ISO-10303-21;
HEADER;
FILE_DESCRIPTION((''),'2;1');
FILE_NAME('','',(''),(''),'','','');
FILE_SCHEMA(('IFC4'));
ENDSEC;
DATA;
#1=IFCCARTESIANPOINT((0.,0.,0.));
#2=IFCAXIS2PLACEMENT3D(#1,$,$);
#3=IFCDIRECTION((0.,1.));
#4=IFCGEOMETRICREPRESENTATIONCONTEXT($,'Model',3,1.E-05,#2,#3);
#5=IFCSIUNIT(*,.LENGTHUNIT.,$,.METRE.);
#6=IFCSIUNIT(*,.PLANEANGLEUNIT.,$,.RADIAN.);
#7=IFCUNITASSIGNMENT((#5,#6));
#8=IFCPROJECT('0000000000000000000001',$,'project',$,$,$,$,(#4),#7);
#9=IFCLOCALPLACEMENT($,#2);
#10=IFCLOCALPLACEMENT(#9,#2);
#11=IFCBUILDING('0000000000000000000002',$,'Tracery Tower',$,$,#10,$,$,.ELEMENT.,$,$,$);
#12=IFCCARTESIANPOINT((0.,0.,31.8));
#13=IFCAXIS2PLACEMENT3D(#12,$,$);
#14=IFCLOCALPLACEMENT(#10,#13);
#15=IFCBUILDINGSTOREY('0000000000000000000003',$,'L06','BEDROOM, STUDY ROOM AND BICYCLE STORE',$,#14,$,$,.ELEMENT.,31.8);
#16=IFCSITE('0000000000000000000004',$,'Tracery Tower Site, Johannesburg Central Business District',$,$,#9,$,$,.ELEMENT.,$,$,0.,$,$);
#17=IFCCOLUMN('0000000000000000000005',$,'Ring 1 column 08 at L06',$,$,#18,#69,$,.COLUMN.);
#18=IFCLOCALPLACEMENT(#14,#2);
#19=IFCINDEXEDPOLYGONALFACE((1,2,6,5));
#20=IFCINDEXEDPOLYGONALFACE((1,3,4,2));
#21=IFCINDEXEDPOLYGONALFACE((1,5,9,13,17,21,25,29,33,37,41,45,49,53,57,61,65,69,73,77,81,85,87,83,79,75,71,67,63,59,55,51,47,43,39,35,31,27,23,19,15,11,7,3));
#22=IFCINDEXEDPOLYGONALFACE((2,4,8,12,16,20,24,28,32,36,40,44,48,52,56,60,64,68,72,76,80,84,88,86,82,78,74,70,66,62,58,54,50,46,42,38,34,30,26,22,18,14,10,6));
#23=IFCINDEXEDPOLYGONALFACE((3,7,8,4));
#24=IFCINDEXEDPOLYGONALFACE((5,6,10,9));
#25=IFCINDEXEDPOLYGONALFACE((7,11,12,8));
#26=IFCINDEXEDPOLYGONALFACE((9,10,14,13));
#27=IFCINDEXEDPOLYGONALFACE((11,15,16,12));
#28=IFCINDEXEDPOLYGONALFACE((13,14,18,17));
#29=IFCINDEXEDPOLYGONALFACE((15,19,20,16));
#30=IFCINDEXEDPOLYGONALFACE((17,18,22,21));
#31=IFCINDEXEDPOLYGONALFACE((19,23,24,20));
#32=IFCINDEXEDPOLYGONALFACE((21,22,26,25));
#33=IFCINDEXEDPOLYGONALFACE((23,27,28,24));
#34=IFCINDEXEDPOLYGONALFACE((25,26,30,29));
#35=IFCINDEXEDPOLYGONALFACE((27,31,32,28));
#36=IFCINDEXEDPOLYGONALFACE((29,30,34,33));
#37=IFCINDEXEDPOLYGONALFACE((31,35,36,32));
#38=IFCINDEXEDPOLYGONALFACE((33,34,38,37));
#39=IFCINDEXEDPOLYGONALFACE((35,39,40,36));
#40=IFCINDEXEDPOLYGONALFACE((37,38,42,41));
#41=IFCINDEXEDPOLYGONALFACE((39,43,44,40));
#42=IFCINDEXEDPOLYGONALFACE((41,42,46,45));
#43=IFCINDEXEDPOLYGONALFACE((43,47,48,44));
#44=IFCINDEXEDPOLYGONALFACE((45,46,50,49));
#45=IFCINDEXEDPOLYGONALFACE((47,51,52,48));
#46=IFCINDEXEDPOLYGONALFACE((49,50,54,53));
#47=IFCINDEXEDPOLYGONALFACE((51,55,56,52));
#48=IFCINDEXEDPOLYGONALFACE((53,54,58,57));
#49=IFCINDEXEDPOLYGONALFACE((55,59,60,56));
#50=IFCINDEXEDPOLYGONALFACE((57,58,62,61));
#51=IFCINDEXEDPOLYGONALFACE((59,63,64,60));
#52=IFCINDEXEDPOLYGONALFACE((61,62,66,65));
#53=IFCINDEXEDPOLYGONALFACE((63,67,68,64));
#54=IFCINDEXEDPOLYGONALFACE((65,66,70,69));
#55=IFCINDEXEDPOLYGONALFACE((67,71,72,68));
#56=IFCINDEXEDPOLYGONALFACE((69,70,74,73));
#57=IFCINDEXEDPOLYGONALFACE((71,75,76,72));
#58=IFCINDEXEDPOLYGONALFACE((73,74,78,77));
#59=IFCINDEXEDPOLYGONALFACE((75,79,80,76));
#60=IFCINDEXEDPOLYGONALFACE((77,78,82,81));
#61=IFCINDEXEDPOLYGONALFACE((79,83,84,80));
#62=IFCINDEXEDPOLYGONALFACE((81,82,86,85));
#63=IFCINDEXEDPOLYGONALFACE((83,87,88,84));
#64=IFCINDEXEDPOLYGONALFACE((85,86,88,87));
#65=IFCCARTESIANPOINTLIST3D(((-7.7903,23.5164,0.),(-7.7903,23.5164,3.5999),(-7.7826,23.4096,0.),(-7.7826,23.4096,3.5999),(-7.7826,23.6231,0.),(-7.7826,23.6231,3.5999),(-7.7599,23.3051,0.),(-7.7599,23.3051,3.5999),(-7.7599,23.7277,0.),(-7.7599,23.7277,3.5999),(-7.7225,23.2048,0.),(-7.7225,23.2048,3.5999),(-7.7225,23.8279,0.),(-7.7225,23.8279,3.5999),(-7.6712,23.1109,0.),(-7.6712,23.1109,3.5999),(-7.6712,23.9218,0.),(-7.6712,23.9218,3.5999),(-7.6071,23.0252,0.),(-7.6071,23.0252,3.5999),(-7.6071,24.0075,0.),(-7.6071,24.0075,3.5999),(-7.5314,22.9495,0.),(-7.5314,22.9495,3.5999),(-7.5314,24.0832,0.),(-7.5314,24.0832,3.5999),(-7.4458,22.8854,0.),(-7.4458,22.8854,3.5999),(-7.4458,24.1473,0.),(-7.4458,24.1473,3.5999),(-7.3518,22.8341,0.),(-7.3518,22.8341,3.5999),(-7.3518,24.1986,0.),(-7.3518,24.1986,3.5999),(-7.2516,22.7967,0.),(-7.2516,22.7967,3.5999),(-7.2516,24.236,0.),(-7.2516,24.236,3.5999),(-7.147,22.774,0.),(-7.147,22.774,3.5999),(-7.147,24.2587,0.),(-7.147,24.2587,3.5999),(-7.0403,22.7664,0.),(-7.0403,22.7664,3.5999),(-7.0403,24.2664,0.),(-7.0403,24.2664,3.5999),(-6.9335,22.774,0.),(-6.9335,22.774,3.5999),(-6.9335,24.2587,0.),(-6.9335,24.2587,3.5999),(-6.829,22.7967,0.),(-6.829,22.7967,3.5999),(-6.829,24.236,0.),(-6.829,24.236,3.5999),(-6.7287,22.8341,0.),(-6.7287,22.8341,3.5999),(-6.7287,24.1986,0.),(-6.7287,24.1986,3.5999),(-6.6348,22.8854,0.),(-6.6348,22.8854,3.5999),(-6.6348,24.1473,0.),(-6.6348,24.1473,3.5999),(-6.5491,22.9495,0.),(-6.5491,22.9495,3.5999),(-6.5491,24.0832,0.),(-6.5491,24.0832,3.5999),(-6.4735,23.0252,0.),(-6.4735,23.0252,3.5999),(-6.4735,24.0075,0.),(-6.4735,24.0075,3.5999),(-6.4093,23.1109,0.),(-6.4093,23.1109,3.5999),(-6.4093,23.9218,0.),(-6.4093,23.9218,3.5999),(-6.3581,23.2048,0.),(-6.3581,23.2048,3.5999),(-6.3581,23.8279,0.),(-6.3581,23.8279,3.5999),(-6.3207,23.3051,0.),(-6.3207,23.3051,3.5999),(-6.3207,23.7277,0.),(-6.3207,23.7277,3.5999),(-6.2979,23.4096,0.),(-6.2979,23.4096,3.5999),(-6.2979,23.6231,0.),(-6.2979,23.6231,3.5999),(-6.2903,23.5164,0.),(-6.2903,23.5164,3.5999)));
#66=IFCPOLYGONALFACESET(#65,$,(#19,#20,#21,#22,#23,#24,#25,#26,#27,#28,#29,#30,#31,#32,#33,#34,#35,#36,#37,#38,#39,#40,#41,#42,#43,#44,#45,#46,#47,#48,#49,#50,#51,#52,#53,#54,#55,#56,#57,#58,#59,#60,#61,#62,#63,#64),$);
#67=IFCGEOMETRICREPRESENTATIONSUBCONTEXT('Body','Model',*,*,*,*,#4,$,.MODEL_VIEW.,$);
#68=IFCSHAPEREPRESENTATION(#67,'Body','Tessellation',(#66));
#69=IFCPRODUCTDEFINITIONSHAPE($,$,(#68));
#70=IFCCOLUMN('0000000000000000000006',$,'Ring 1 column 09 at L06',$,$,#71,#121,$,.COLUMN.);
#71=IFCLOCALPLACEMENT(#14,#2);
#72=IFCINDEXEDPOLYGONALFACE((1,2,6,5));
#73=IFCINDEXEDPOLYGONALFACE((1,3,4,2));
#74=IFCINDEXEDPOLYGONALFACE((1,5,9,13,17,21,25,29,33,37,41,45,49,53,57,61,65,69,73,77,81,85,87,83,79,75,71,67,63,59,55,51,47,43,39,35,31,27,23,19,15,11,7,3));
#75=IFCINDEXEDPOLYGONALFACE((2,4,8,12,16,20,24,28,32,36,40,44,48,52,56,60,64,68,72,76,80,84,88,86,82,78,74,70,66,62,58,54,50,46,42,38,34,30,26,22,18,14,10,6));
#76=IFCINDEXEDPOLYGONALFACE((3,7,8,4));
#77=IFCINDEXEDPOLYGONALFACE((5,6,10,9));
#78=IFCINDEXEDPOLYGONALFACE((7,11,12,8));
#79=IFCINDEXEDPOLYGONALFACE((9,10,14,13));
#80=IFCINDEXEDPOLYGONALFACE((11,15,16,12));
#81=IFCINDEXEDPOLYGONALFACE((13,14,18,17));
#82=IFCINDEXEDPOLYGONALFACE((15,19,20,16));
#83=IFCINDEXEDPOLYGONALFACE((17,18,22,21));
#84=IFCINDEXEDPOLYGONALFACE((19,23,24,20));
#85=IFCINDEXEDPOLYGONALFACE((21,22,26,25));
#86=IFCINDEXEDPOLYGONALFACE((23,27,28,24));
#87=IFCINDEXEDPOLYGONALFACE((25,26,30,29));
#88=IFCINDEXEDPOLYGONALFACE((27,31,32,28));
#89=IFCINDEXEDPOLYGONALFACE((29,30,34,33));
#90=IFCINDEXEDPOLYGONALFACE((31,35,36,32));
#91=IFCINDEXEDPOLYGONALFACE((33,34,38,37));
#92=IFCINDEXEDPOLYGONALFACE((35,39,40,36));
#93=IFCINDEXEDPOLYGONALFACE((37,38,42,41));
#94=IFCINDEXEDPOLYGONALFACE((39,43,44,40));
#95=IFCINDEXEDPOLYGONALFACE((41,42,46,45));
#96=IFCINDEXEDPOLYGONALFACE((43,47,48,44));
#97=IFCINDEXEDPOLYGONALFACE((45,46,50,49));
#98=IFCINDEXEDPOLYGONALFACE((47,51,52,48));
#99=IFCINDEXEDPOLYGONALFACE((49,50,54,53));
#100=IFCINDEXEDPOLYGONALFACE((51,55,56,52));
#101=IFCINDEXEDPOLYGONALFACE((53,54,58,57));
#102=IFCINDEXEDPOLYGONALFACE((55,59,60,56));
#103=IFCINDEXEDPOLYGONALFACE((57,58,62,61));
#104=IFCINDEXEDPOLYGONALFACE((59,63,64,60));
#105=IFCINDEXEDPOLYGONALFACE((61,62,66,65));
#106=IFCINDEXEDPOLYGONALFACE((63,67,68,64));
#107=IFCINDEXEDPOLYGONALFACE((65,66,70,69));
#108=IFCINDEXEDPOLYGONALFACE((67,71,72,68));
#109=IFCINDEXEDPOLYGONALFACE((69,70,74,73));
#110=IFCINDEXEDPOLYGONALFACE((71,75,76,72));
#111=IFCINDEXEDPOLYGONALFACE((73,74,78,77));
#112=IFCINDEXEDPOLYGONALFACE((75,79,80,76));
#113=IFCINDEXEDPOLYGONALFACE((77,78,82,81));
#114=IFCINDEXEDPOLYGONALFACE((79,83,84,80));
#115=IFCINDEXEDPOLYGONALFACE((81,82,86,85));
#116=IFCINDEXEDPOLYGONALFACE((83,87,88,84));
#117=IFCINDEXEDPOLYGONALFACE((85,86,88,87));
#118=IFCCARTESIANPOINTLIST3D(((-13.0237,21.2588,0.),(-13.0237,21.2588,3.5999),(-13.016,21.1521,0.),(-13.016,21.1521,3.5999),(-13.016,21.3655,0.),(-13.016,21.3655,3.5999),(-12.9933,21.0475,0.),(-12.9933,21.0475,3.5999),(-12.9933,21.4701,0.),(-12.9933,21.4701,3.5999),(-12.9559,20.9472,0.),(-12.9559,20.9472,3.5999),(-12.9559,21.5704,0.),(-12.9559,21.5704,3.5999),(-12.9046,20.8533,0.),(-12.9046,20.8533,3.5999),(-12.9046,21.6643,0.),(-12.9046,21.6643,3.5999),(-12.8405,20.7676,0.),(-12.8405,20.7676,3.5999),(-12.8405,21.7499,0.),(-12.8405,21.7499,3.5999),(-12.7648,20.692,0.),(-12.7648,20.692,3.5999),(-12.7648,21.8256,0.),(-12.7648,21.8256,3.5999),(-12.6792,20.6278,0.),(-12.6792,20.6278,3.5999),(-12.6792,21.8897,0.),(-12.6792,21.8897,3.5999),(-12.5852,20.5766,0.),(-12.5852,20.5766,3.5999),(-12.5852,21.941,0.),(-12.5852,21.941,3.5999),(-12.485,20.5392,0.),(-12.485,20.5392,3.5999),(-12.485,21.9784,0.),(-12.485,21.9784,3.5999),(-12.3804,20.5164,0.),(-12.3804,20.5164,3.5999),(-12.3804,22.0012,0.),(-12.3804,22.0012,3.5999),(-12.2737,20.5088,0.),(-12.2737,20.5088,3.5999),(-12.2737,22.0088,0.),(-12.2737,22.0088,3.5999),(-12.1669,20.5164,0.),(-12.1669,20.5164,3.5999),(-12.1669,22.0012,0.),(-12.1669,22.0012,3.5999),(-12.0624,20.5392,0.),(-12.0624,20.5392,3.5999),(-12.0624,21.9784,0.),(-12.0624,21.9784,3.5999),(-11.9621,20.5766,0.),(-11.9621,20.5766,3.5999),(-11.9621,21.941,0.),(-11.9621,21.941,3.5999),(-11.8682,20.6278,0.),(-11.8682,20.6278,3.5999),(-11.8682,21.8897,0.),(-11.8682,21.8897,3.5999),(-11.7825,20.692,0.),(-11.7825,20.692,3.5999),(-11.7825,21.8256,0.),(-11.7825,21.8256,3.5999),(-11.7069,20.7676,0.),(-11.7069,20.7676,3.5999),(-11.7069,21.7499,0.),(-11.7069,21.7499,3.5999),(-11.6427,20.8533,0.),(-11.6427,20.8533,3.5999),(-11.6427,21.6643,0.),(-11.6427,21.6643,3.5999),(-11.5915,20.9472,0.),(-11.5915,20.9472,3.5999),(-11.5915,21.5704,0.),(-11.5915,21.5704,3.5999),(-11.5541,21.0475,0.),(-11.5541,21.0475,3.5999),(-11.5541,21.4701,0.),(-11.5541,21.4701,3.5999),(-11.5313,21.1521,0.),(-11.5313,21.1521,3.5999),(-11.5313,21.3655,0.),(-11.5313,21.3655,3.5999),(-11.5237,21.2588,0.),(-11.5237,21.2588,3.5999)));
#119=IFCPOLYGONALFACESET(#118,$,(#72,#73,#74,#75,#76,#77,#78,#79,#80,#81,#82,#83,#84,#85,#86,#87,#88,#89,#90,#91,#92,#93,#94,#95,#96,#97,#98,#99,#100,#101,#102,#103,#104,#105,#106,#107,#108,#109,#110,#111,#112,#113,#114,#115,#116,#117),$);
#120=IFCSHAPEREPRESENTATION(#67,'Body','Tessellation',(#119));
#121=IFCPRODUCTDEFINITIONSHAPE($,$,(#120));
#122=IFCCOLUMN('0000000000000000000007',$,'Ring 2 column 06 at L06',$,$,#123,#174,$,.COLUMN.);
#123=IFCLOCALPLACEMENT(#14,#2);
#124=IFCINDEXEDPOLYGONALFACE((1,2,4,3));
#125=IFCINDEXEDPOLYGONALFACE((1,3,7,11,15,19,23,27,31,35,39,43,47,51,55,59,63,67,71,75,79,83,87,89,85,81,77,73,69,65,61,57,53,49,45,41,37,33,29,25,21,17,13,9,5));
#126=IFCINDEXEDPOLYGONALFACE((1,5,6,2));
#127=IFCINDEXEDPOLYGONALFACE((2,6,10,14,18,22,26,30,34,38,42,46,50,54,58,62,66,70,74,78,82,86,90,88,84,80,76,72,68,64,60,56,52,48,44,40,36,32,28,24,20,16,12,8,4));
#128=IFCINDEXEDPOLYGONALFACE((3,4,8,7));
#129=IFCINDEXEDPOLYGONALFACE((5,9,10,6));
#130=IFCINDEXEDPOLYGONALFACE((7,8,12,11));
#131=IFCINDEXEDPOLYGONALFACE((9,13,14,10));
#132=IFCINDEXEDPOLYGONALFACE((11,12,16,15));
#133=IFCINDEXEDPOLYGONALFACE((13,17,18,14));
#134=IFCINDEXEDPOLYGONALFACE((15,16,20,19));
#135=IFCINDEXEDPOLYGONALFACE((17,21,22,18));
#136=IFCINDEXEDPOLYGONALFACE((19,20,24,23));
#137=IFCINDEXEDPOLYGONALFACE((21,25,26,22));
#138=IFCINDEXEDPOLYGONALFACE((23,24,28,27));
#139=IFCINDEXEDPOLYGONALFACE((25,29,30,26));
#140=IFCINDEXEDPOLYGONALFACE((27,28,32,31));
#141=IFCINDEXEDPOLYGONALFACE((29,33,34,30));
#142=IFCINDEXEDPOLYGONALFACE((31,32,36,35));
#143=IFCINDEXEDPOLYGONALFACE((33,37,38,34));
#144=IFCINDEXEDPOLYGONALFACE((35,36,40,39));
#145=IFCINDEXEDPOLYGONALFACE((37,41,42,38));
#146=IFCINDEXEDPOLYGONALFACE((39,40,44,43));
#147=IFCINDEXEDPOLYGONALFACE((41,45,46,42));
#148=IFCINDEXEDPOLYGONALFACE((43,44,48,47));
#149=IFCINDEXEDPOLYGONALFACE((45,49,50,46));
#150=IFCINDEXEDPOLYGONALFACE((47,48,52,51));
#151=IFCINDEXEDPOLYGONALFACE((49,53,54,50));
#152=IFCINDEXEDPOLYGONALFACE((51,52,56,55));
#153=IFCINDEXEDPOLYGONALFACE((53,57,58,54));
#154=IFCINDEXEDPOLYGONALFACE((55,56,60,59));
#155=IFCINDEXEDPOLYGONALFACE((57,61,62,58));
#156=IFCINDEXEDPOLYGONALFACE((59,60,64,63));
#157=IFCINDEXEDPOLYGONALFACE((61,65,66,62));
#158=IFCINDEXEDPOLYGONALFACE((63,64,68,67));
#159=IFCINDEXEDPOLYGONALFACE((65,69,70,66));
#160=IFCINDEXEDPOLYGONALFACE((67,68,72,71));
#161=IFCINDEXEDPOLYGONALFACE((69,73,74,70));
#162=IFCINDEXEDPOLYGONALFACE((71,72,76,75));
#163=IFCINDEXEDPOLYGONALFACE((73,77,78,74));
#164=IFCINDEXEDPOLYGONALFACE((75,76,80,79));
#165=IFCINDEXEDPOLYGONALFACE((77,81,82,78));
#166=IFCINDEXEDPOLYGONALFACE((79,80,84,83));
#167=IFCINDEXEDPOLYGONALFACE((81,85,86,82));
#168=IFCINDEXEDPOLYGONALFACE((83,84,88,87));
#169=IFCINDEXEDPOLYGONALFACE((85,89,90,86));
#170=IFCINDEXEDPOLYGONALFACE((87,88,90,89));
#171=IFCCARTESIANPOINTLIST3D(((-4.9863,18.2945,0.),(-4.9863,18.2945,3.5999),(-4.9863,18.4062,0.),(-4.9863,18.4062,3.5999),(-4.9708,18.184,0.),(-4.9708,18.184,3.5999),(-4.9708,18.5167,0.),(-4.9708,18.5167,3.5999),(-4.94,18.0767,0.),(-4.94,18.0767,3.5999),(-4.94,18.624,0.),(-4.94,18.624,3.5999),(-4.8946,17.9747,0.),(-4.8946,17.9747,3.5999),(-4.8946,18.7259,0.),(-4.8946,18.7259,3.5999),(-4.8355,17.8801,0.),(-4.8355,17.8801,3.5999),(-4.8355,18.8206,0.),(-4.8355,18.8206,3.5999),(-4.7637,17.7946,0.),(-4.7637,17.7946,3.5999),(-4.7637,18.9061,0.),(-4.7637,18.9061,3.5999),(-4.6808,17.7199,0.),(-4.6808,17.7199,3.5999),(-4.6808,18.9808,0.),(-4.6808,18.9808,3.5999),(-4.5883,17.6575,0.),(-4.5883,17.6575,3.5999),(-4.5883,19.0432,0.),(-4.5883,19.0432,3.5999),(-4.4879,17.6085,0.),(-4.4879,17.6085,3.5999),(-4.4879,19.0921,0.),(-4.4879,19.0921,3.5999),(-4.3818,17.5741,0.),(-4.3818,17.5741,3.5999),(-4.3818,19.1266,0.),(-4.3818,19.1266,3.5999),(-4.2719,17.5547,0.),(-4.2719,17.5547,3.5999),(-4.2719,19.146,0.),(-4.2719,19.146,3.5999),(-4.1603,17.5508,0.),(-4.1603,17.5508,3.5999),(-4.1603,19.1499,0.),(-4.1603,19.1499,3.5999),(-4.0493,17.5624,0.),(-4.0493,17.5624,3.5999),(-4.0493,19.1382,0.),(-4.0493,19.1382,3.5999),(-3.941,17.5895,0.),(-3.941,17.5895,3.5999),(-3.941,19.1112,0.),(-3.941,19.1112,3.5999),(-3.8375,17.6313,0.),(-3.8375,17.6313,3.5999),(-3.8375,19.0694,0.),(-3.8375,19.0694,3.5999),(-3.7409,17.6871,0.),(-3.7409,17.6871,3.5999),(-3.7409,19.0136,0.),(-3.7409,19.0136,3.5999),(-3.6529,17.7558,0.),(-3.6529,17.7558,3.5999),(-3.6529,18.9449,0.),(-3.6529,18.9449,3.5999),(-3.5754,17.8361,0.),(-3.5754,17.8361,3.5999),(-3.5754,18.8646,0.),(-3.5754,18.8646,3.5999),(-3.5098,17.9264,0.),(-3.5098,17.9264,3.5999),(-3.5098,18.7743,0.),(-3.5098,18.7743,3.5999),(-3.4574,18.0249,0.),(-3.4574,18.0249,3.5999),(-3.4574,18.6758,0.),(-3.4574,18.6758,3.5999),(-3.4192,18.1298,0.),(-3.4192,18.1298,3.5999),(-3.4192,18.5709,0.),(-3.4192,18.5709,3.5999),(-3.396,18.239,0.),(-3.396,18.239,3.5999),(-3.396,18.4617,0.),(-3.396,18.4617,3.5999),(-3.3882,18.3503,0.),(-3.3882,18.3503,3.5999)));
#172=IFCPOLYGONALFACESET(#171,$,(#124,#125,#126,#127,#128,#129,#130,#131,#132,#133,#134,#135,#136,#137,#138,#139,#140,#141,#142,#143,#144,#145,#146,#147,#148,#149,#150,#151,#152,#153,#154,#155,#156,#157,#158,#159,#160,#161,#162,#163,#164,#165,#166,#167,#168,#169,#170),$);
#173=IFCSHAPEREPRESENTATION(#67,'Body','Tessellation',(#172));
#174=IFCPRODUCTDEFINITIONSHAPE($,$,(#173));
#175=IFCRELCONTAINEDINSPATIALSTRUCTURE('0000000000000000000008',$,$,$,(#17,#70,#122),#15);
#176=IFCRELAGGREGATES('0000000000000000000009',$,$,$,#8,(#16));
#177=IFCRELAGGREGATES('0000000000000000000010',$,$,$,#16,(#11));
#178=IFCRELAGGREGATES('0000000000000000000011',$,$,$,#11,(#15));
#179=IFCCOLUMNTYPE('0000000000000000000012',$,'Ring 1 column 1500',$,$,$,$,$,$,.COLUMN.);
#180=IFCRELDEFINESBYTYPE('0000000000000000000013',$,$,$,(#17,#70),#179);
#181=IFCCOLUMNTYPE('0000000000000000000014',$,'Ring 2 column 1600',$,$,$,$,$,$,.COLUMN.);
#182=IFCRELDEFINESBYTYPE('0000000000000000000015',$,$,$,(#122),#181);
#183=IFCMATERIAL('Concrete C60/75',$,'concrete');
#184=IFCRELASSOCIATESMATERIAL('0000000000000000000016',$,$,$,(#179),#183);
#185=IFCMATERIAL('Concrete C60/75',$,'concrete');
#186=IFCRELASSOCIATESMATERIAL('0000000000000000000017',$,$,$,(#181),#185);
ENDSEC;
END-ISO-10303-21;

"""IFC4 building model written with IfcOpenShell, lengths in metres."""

from ifc_helpers import new_model, si_unit, direction, frame, origin, origin_2d, place, context, subcontext, project, spatial, circle, extrude, material, material_profile, profile_set, type_object, element, save


model = new_model("IFC4")

# Units and contexts
model_context = context("Model", 3, precision=1e-05, world=origin(), true_north=direction((0.0, 1.0)))
body_context = subcontext(model_context, "Body", "Model", "MODEL_VIEW")
ifc_project = project(units=[si_unit("LENGTHUNIT", "METRE"), si_unit("PLANEANGLEUNIT", "RADIAN")], contexts=[model_context])

# Site, building, storey
site_placement = place(None, origin())
site = spatial("IfcSite", under=ifc_project, at=site_placement, Name="Tracery Tower Site, Johannesburg Central Business District", CompositionType="ELEMENT", RefElevation=0.0)
building_placement = place(site_placement, origin())
building = spatial("IfcBuilding", under=site, at=building_placement, Name="Tracery Tower", CompositionType="ELEMENT")
storey_placement = place(building_placement, frame((0.0, 0.0, 31.8)))
storey = spatial("IfcBuildingStorey", under=building, at=storey_placement, Name="L06", Description="BEDROOM, STUDY ROOM AND BICYCLE STORE", CompositionType="ELEMENT", Elevation=31.8)

# Columns
ifc_material_1 = material(Name="Concrete C60/75", Category="concrete")
ifc_material_profile_1 = material_profile(ifc_material_1, circle(Radius=0.75, at=origin_2d()), Name="RC D1500")
ifc_profile_set_1 = profile_set([ifc_material_profile_1], Name="Concrete C60/75")
column_type_1 = type_object("IfcColumnType", Name="Ring 1 column 1500", PredefinedType="COLUMN", material=ifc_profile_set_1)
for number, where, z_axis, x_axis, name in (
    (1, (-7.0403, 23.5164, 0.0), (0.0, 0.0, 1.0), (1.0, 0.0, 0.0), "Ring 1 column 08 at L06"),
    (2, (-12.2737, 21.2588, 0.0), (0.0, 0.0, 1.0), (1.0, 0.0, 0.0), "Ring 1 column 09 at L06"),
):
    element("IfcColumn", number, at=place(storey_placement, frame(where, z_axis=z_axis, x_axis=x_axis)), inside=storey, type_object=column_type_1, Name=name, PredefinedType="COLUMN", context=body_context, shape_type="SweptSolid", body=[
        extrude(circle(Radius=0.75, at=origin_2d()), origin(), (0.0, 0.0, 1.0), 3.5999),
    ])
ifc_material_2 = material(Name="Concrete C60/75", Category="concrete")
ifc_material_profile_2 = material_profile(ifc_material_2, circle(Radius=0.8, at=origin_2d()), Name="RC D1600")
ifc_profile_set_2 = profile_set([ifc_material_profile_2], Name="Concrete C60/75")
column_type_2 = type_object("IfcColumnType", Name="Ring 2 column 1600", PredefinedType="COLUMN", material=ifc_profile_set_2)
for number, where, z_axis, x_axis, name in (
    (3, (-4.1882, 18.3503, 0.0), (0.0, 0.0, 1.0), (1.0, 0.0, 0.0), "Ring 2 column 06 at L06"),
):
    element("IfcColumn", number, at=place(storey_placement, frame(where, z_axis=z_axis, x_axis=x_axis)), inside=storey, type_object=column_type_2, Name=name, PredefinedType="COLUMN", context=body_context, shape_type="SweptSolid", body=[
        extrude(circle(Radius=0.8, at=origin_2d()), origin(), (0.0, 0.0, 1.0), 3.5999),
    ])

save(model, "model.ifc")
